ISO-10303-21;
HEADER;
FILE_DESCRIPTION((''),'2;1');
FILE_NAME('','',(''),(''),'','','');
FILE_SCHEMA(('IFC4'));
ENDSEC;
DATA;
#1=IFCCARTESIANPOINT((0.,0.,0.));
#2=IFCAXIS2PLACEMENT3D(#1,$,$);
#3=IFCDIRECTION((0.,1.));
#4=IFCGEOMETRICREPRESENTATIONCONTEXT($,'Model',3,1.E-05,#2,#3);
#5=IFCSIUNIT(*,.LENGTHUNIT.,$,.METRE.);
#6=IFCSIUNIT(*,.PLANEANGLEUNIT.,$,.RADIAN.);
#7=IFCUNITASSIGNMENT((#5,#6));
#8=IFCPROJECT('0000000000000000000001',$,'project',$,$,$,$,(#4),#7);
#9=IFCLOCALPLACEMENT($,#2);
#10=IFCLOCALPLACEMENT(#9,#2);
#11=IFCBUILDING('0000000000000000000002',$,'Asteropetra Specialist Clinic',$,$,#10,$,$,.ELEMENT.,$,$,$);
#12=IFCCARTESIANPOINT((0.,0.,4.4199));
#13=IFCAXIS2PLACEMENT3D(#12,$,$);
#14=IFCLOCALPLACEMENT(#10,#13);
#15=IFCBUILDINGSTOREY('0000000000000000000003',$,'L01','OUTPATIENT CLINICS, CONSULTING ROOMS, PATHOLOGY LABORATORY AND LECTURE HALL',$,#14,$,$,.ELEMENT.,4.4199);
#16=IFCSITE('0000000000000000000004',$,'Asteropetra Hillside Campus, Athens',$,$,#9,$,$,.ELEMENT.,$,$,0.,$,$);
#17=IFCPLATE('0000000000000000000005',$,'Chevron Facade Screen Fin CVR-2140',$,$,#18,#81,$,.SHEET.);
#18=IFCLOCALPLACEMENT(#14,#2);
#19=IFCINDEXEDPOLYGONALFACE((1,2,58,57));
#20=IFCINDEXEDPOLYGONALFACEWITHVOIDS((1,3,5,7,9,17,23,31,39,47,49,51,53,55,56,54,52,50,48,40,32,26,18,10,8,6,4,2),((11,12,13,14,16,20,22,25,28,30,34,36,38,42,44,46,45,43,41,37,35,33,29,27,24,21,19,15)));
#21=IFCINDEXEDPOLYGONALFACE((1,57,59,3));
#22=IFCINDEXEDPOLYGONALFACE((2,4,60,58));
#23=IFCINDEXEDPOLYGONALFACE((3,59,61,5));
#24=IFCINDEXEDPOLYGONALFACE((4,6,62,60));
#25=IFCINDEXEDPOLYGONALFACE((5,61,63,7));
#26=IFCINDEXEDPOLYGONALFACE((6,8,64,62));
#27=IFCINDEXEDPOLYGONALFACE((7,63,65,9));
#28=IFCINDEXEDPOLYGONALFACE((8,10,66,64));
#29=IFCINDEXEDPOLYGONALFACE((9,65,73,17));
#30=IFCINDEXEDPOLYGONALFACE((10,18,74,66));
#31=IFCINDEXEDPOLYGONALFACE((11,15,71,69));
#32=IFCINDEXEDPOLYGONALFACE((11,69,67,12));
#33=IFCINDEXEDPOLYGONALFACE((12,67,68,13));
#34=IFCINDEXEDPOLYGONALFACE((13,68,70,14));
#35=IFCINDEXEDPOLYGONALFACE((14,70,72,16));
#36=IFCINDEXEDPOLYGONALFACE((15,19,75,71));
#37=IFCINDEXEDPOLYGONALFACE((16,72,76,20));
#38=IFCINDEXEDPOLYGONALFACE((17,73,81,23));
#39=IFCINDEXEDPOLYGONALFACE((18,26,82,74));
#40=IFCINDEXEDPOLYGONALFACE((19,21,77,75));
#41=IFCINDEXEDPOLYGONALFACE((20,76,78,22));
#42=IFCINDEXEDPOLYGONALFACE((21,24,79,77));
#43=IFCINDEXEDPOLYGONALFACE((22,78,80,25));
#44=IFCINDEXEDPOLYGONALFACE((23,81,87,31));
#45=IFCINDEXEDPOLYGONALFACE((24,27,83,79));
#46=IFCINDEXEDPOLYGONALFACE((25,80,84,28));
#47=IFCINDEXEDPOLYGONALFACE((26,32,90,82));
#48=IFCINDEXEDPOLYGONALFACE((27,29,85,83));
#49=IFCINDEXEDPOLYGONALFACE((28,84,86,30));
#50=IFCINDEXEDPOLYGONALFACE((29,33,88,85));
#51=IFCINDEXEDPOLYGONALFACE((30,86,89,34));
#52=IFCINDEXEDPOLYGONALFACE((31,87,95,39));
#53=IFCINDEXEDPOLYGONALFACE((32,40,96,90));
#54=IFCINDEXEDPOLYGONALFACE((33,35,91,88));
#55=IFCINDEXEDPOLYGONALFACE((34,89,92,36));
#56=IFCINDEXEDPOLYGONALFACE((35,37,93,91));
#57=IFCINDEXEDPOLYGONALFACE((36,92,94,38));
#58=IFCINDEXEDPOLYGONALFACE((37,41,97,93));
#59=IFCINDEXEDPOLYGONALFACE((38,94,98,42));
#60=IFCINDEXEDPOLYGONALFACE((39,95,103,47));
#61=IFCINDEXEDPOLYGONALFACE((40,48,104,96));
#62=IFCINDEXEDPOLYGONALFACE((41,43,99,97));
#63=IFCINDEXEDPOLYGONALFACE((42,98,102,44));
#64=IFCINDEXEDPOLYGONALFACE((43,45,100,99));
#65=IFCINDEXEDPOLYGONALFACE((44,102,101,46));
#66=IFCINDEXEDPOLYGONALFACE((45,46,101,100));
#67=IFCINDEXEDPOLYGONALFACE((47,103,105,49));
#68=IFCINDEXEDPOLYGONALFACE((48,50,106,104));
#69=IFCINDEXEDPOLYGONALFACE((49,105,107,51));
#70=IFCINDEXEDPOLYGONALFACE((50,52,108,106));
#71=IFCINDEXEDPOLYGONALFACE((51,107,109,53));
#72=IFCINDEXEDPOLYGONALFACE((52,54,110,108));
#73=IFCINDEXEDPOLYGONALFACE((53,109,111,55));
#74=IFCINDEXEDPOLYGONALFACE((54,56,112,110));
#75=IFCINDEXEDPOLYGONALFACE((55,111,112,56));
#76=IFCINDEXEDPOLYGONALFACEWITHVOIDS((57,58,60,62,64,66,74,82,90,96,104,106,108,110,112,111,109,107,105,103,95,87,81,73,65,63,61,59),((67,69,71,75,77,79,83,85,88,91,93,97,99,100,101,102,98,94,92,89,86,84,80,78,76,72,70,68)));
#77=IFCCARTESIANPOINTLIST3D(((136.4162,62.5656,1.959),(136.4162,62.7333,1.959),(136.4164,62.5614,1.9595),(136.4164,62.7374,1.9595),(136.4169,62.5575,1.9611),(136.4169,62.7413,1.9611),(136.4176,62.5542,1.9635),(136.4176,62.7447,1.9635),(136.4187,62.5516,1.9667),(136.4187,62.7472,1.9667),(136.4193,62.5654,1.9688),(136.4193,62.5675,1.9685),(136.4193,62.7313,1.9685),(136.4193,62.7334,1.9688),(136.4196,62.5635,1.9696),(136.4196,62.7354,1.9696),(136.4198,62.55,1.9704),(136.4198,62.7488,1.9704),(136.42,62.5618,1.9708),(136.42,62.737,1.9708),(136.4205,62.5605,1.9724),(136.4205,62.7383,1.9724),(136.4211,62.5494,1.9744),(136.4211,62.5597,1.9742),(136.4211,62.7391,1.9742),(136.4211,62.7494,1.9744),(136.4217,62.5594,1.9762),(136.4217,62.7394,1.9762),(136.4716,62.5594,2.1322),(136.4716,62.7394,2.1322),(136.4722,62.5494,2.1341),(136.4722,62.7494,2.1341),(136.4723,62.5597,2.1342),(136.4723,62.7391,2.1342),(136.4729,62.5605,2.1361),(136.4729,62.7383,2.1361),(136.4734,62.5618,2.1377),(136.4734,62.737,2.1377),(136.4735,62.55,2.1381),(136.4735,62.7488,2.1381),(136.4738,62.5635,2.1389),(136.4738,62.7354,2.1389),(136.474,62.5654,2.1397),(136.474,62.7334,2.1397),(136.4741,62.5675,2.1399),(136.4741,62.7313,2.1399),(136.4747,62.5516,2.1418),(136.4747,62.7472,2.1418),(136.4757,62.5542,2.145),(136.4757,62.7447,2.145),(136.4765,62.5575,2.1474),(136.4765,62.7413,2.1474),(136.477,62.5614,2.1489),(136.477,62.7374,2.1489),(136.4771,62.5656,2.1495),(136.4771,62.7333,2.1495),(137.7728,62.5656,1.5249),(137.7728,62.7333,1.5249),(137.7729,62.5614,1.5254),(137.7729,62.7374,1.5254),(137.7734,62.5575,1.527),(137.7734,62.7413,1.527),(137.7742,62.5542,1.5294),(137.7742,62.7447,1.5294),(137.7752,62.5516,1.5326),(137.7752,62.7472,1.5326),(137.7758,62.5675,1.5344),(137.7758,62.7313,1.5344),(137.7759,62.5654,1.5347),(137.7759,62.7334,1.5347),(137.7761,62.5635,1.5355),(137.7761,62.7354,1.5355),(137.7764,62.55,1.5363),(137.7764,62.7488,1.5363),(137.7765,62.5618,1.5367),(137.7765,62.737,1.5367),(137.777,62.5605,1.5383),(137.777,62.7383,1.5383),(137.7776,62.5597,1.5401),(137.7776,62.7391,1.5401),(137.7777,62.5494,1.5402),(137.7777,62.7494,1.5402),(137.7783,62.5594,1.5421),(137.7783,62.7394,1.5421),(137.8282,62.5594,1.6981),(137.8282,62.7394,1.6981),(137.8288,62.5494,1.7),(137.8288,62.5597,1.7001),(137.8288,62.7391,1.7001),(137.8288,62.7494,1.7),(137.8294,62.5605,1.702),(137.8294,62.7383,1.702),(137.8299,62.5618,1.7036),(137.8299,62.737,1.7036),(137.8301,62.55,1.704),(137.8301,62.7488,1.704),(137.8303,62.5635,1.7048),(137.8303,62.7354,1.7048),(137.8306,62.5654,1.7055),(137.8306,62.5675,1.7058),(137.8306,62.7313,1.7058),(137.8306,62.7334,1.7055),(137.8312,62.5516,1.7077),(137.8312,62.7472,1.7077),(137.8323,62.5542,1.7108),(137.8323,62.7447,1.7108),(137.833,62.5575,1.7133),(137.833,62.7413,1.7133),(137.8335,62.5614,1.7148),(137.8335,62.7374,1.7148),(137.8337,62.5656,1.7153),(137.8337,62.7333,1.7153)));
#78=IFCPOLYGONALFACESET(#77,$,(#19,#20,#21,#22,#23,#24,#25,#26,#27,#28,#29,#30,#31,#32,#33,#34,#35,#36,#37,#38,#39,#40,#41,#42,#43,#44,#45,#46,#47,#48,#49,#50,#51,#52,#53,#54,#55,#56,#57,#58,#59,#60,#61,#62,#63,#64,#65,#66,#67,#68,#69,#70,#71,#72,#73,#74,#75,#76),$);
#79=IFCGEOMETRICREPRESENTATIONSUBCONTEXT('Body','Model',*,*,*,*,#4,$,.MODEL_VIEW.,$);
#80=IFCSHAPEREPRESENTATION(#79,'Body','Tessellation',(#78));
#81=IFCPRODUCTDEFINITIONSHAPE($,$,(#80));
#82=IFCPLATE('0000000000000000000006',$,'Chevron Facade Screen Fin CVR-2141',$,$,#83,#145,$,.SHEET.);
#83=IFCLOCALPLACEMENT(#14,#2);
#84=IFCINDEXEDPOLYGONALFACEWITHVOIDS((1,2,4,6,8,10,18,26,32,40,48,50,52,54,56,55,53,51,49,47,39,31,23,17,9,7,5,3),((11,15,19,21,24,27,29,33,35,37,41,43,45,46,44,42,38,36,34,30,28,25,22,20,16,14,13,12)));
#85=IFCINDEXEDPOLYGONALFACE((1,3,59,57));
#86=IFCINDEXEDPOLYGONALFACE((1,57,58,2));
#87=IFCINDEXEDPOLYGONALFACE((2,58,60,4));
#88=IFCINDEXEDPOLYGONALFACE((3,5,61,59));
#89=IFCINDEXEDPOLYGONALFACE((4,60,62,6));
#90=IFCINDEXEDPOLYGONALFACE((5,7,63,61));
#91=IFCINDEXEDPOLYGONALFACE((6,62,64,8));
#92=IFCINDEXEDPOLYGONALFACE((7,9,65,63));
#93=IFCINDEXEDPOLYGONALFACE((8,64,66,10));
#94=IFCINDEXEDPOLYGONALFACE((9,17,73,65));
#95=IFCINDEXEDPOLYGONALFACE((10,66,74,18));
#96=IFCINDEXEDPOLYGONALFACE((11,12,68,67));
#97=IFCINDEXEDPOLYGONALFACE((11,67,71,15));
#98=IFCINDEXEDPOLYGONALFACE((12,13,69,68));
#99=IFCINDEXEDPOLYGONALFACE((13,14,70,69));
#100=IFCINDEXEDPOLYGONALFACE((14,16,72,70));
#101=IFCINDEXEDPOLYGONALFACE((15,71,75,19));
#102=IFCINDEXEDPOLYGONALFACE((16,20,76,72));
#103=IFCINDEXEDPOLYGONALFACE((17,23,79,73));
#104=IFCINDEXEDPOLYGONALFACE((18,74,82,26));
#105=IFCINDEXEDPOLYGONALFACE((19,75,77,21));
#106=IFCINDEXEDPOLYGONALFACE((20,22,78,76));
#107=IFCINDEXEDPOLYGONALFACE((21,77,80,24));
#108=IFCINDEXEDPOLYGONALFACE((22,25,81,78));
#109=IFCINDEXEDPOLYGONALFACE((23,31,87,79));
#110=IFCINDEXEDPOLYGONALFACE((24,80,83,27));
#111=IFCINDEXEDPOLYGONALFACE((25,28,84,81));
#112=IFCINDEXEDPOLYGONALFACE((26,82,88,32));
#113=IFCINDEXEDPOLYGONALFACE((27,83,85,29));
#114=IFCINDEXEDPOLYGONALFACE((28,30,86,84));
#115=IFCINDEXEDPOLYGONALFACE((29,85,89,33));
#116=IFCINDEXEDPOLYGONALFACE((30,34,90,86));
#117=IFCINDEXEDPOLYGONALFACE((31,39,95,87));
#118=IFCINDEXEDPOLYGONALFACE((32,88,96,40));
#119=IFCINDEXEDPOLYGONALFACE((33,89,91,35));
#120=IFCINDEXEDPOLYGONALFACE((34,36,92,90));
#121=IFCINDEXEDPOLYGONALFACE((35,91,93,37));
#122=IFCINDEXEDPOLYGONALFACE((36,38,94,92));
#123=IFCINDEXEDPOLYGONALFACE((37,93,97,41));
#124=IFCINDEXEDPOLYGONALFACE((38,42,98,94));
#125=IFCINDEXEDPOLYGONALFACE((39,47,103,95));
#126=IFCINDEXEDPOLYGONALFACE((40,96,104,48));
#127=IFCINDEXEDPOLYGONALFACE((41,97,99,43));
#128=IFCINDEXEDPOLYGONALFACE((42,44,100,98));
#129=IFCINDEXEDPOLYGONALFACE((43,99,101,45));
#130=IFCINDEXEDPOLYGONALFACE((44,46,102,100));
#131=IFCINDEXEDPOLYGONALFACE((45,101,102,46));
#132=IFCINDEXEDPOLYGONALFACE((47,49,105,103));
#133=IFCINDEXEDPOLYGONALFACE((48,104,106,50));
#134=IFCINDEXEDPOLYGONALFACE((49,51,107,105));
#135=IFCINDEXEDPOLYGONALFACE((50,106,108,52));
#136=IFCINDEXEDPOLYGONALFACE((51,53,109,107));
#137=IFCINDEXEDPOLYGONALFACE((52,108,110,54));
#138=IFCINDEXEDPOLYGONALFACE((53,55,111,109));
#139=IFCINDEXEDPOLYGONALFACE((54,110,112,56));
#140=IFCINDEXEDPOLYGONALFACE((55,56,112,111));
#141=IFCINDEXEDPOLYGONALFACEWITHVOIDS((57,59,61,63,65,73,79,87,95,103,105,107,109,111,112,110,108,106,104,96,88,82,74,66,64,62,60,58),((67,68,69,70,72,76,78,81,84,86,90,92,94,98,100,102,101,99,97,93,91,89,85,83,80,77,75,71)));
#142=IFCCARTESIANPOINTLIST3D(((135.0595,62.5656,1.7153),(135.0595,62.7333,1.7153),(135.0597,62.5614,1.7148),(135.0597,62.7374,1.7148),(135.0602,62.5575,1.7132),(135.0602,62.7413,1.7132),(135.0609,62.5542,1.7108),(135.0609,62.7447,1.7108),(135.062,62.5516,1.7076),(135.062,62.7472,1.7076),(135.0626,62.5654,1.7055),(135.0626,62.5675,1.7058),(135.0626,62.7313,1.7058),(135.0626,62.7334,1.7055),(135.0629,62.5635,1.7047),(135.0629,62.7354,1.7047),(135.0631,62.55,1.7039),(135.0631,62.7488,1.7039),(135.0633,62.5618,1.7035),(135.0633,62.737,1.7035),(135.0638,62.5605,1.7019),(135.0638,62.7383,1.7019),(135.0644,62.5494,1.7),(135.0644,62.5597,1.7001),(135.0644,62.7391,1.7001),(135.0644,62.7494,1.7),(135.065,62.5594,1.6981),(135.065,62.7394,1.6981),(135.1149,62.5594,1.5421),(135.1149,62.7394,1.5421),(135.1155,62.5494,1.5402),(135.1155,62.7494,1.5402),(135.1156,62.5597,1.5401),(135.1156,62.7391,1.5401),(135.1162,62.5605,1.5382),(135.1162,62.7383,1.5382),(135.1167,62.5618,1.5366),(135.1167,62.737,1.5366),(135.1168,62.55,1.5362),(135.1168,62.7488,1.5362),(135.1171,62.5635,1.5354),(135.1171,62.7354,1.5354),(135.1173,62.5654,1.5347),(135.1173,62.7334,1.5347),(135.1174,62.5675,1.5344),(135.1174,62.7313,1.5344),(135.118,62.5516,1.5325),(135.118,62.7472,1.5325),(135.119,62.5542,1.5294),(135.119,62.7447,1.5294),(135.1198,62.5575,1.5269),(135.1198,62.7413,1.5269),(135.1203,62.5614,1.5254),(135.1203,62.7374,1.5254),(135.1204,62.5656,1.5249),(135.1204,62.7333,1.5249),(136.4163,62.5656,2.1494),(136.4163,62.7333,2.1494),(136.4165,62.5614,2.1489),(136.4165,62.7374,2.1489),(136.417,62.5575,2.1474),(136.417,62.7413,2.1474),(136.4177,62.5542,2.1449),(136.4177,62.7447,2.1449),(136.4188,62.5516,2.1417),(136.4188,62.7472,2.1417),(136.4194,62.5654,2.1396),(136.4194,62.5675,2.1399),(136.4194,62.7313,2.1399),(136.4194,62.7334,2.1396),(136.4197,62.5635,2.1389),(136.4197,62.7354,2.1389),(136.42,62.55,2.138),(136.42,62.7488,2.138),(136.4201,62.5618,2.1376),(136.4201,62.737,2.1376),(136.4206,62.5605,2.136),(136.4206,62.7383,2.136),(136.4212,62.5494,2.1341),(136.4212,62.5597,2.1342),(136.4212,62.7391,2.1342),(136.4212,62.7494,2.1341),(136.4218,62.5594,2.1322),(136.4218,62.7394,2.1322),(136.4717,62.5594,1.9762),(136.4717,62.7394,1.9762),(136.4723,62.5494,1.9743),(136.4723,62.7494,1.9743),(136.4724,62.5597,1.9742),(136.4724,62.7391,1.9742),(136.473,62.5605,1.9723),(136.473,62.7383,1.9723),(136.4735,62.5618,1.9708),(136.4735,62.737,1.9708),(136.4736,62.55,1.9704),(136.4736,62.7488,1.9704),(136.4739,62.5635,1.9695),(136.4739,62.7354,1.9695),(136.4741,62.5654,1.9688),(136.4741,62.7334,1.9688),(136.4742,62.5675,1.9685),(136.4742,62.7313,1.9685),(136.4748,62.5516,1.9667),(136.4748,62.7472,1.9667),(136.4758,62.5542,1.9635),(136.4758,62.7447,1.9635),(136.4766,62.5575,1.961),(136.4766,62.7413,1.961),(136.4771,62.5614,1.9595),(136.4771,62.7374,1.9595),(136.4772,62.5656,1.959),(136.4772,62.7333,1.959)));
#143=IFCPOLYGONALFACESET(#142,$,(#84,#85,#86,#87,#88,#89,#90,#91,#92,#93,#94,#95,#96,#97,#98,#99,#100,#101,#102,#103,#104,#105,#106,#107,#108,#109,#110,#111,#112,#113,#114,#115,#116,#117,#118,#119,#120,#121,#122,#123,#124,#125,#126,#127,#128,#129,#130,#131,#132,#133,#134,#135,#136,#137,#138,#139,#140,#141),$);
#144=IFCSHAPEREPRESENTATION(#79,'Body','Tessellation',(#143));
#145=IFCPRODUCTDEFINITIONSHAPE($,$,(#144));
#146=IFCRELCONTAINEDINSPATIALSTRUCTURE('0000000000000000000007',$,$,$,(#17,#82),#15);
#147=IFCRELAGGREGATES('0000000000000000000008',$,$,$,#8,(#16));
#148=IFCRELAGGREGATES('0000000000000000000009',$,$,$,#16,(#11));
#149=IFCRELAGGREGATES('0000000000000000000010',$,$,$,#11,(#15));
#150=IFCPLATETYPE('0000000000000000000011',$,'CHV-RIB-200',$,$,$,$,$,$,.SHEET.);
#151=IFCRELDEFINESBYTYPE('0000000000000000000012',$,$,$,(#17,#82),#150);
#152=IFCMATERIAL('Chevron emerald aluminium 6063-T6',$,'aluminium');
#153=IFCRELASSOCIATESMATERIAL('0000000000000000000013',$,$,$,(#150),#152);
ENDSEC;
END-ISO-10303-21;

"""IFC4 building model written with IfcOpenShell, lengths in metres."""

from ifc_helpers import new_model, si_unit, direction, frame, origin, origin_2d, place, context, subcontext, project, spatial, hollow_rectangle, extrude, material, material_profile, profile_set, type_object, element, save


model = new_model("IFC4")

# Units and contexts
model_context = context("Model", 3, precision=1e-05, world=origin(), true_north=direction((0.0, 1.0)))
body_context = subcontext(model_context, "Body", "Model", "MODEL_VIEW")
ifc_project = project(units=[si_unit("LENGTHUNIT", "METRE"), si_unit("PLANEANGLEUNIT", "RADIAN")], contexts=[model_context])

# Site, building, storey
site_placement = place(None, origin())
site = spatial("IfcSite", under=ifc_project, at=site_placement, Name="Asteropetra Hillside Campus, Athens", CompositionType="ELEMENT", RefElevation=0.0)
building_placement = place(site_placement, origin())
building = spatial("IfcBuilding", under=site, at=building_placement, Name="Asteropetra Specialist Clinic", CompositionType="ELEMENT")
storey_placement = place(building_placement, frame((0.0, 0.0, 4.4199)))
storey = spatial("IfcBuildingStorey", under=building, at=storey_placement, Name="L01", Description="OUTPATIENT CLINICS, CONSULTING ROOMS, PATHOLOGY LABORATORY AND LECTURE HALL", CompositionType="ELEMENT", Elevation=4.4199)

# Plates
ifc_material_1 = material(Name="Chevron emerald aluminium 6063-T6", Category="aluminium")
ifc_material_profile_1 = material_profile(ifc_material_1, hollow_rectangle(XDim=0.2, YDim=0.2, WallThickness=0.01, InnerFilletRadius=0.0081, OuterFilletRadius=0.0161, at=origin_2d()), Name="SHS 200x200x10.0")
ifc_profile_set_1 = profile_set([ifc_material_profile_1], Name="Chevron emerald aluminium 6063-T6")
plate_type = type_object("IfcPlateType", Name="CHV-RIB-200", PredefinedType="SHEET", material=ifc_profile_set_1)
plate_1_placement = place(storey_placement, frame((137.8032, 62.6494, 1.6201), z_axis=(-0.95242, 0.0, 0.304788), x_axis=(0.0, -1.0, 0.0)))
element("IfcPlate", 1, at=plate_1_placement, inside=storey, type_object=plate_type, Name="Chevron Facade Screen Fin CVR-2140", PredefinedType="SHEET", context=body_context, shape_type="SweptSolid", body=[
    extrude(hollow_rectangle(XDim=0.2, YDim=0.2, WallThickness=0.01, InnerFilletRadius=0.0081, OuterFilletRadius=0.0161, at=origin_2d()), origin(), (0.0, 0.0, 1.0), 1.4243),
])
plate_2_placement = place(storey_placement, frame((136.4468, 62.6494, 2.0542), z_axis=(-0.952436, 0.0, -0.304738), x_axis=(0.0, -1.0, 0.0)))
element("IfcPlate", 2, at=plate_2_placement, inside=storey, type_object=plate_type, Name="Chevron Facade Screen Fin CVR-2141", PredefinedType="SHEET", context=body_context, shape_type="SweptSolid", body=[
    extrude(hollow_rectangle(XDim=0.2, YDim=0.2, WallThickness=0.01, InnerFilletRadius=0.0081, OuterFilletRadius=0.0161, at=origin_2d()), origin(), (0.0, 0.0, 1.0), 1.4246),
])

save(model, "model.ifc")
